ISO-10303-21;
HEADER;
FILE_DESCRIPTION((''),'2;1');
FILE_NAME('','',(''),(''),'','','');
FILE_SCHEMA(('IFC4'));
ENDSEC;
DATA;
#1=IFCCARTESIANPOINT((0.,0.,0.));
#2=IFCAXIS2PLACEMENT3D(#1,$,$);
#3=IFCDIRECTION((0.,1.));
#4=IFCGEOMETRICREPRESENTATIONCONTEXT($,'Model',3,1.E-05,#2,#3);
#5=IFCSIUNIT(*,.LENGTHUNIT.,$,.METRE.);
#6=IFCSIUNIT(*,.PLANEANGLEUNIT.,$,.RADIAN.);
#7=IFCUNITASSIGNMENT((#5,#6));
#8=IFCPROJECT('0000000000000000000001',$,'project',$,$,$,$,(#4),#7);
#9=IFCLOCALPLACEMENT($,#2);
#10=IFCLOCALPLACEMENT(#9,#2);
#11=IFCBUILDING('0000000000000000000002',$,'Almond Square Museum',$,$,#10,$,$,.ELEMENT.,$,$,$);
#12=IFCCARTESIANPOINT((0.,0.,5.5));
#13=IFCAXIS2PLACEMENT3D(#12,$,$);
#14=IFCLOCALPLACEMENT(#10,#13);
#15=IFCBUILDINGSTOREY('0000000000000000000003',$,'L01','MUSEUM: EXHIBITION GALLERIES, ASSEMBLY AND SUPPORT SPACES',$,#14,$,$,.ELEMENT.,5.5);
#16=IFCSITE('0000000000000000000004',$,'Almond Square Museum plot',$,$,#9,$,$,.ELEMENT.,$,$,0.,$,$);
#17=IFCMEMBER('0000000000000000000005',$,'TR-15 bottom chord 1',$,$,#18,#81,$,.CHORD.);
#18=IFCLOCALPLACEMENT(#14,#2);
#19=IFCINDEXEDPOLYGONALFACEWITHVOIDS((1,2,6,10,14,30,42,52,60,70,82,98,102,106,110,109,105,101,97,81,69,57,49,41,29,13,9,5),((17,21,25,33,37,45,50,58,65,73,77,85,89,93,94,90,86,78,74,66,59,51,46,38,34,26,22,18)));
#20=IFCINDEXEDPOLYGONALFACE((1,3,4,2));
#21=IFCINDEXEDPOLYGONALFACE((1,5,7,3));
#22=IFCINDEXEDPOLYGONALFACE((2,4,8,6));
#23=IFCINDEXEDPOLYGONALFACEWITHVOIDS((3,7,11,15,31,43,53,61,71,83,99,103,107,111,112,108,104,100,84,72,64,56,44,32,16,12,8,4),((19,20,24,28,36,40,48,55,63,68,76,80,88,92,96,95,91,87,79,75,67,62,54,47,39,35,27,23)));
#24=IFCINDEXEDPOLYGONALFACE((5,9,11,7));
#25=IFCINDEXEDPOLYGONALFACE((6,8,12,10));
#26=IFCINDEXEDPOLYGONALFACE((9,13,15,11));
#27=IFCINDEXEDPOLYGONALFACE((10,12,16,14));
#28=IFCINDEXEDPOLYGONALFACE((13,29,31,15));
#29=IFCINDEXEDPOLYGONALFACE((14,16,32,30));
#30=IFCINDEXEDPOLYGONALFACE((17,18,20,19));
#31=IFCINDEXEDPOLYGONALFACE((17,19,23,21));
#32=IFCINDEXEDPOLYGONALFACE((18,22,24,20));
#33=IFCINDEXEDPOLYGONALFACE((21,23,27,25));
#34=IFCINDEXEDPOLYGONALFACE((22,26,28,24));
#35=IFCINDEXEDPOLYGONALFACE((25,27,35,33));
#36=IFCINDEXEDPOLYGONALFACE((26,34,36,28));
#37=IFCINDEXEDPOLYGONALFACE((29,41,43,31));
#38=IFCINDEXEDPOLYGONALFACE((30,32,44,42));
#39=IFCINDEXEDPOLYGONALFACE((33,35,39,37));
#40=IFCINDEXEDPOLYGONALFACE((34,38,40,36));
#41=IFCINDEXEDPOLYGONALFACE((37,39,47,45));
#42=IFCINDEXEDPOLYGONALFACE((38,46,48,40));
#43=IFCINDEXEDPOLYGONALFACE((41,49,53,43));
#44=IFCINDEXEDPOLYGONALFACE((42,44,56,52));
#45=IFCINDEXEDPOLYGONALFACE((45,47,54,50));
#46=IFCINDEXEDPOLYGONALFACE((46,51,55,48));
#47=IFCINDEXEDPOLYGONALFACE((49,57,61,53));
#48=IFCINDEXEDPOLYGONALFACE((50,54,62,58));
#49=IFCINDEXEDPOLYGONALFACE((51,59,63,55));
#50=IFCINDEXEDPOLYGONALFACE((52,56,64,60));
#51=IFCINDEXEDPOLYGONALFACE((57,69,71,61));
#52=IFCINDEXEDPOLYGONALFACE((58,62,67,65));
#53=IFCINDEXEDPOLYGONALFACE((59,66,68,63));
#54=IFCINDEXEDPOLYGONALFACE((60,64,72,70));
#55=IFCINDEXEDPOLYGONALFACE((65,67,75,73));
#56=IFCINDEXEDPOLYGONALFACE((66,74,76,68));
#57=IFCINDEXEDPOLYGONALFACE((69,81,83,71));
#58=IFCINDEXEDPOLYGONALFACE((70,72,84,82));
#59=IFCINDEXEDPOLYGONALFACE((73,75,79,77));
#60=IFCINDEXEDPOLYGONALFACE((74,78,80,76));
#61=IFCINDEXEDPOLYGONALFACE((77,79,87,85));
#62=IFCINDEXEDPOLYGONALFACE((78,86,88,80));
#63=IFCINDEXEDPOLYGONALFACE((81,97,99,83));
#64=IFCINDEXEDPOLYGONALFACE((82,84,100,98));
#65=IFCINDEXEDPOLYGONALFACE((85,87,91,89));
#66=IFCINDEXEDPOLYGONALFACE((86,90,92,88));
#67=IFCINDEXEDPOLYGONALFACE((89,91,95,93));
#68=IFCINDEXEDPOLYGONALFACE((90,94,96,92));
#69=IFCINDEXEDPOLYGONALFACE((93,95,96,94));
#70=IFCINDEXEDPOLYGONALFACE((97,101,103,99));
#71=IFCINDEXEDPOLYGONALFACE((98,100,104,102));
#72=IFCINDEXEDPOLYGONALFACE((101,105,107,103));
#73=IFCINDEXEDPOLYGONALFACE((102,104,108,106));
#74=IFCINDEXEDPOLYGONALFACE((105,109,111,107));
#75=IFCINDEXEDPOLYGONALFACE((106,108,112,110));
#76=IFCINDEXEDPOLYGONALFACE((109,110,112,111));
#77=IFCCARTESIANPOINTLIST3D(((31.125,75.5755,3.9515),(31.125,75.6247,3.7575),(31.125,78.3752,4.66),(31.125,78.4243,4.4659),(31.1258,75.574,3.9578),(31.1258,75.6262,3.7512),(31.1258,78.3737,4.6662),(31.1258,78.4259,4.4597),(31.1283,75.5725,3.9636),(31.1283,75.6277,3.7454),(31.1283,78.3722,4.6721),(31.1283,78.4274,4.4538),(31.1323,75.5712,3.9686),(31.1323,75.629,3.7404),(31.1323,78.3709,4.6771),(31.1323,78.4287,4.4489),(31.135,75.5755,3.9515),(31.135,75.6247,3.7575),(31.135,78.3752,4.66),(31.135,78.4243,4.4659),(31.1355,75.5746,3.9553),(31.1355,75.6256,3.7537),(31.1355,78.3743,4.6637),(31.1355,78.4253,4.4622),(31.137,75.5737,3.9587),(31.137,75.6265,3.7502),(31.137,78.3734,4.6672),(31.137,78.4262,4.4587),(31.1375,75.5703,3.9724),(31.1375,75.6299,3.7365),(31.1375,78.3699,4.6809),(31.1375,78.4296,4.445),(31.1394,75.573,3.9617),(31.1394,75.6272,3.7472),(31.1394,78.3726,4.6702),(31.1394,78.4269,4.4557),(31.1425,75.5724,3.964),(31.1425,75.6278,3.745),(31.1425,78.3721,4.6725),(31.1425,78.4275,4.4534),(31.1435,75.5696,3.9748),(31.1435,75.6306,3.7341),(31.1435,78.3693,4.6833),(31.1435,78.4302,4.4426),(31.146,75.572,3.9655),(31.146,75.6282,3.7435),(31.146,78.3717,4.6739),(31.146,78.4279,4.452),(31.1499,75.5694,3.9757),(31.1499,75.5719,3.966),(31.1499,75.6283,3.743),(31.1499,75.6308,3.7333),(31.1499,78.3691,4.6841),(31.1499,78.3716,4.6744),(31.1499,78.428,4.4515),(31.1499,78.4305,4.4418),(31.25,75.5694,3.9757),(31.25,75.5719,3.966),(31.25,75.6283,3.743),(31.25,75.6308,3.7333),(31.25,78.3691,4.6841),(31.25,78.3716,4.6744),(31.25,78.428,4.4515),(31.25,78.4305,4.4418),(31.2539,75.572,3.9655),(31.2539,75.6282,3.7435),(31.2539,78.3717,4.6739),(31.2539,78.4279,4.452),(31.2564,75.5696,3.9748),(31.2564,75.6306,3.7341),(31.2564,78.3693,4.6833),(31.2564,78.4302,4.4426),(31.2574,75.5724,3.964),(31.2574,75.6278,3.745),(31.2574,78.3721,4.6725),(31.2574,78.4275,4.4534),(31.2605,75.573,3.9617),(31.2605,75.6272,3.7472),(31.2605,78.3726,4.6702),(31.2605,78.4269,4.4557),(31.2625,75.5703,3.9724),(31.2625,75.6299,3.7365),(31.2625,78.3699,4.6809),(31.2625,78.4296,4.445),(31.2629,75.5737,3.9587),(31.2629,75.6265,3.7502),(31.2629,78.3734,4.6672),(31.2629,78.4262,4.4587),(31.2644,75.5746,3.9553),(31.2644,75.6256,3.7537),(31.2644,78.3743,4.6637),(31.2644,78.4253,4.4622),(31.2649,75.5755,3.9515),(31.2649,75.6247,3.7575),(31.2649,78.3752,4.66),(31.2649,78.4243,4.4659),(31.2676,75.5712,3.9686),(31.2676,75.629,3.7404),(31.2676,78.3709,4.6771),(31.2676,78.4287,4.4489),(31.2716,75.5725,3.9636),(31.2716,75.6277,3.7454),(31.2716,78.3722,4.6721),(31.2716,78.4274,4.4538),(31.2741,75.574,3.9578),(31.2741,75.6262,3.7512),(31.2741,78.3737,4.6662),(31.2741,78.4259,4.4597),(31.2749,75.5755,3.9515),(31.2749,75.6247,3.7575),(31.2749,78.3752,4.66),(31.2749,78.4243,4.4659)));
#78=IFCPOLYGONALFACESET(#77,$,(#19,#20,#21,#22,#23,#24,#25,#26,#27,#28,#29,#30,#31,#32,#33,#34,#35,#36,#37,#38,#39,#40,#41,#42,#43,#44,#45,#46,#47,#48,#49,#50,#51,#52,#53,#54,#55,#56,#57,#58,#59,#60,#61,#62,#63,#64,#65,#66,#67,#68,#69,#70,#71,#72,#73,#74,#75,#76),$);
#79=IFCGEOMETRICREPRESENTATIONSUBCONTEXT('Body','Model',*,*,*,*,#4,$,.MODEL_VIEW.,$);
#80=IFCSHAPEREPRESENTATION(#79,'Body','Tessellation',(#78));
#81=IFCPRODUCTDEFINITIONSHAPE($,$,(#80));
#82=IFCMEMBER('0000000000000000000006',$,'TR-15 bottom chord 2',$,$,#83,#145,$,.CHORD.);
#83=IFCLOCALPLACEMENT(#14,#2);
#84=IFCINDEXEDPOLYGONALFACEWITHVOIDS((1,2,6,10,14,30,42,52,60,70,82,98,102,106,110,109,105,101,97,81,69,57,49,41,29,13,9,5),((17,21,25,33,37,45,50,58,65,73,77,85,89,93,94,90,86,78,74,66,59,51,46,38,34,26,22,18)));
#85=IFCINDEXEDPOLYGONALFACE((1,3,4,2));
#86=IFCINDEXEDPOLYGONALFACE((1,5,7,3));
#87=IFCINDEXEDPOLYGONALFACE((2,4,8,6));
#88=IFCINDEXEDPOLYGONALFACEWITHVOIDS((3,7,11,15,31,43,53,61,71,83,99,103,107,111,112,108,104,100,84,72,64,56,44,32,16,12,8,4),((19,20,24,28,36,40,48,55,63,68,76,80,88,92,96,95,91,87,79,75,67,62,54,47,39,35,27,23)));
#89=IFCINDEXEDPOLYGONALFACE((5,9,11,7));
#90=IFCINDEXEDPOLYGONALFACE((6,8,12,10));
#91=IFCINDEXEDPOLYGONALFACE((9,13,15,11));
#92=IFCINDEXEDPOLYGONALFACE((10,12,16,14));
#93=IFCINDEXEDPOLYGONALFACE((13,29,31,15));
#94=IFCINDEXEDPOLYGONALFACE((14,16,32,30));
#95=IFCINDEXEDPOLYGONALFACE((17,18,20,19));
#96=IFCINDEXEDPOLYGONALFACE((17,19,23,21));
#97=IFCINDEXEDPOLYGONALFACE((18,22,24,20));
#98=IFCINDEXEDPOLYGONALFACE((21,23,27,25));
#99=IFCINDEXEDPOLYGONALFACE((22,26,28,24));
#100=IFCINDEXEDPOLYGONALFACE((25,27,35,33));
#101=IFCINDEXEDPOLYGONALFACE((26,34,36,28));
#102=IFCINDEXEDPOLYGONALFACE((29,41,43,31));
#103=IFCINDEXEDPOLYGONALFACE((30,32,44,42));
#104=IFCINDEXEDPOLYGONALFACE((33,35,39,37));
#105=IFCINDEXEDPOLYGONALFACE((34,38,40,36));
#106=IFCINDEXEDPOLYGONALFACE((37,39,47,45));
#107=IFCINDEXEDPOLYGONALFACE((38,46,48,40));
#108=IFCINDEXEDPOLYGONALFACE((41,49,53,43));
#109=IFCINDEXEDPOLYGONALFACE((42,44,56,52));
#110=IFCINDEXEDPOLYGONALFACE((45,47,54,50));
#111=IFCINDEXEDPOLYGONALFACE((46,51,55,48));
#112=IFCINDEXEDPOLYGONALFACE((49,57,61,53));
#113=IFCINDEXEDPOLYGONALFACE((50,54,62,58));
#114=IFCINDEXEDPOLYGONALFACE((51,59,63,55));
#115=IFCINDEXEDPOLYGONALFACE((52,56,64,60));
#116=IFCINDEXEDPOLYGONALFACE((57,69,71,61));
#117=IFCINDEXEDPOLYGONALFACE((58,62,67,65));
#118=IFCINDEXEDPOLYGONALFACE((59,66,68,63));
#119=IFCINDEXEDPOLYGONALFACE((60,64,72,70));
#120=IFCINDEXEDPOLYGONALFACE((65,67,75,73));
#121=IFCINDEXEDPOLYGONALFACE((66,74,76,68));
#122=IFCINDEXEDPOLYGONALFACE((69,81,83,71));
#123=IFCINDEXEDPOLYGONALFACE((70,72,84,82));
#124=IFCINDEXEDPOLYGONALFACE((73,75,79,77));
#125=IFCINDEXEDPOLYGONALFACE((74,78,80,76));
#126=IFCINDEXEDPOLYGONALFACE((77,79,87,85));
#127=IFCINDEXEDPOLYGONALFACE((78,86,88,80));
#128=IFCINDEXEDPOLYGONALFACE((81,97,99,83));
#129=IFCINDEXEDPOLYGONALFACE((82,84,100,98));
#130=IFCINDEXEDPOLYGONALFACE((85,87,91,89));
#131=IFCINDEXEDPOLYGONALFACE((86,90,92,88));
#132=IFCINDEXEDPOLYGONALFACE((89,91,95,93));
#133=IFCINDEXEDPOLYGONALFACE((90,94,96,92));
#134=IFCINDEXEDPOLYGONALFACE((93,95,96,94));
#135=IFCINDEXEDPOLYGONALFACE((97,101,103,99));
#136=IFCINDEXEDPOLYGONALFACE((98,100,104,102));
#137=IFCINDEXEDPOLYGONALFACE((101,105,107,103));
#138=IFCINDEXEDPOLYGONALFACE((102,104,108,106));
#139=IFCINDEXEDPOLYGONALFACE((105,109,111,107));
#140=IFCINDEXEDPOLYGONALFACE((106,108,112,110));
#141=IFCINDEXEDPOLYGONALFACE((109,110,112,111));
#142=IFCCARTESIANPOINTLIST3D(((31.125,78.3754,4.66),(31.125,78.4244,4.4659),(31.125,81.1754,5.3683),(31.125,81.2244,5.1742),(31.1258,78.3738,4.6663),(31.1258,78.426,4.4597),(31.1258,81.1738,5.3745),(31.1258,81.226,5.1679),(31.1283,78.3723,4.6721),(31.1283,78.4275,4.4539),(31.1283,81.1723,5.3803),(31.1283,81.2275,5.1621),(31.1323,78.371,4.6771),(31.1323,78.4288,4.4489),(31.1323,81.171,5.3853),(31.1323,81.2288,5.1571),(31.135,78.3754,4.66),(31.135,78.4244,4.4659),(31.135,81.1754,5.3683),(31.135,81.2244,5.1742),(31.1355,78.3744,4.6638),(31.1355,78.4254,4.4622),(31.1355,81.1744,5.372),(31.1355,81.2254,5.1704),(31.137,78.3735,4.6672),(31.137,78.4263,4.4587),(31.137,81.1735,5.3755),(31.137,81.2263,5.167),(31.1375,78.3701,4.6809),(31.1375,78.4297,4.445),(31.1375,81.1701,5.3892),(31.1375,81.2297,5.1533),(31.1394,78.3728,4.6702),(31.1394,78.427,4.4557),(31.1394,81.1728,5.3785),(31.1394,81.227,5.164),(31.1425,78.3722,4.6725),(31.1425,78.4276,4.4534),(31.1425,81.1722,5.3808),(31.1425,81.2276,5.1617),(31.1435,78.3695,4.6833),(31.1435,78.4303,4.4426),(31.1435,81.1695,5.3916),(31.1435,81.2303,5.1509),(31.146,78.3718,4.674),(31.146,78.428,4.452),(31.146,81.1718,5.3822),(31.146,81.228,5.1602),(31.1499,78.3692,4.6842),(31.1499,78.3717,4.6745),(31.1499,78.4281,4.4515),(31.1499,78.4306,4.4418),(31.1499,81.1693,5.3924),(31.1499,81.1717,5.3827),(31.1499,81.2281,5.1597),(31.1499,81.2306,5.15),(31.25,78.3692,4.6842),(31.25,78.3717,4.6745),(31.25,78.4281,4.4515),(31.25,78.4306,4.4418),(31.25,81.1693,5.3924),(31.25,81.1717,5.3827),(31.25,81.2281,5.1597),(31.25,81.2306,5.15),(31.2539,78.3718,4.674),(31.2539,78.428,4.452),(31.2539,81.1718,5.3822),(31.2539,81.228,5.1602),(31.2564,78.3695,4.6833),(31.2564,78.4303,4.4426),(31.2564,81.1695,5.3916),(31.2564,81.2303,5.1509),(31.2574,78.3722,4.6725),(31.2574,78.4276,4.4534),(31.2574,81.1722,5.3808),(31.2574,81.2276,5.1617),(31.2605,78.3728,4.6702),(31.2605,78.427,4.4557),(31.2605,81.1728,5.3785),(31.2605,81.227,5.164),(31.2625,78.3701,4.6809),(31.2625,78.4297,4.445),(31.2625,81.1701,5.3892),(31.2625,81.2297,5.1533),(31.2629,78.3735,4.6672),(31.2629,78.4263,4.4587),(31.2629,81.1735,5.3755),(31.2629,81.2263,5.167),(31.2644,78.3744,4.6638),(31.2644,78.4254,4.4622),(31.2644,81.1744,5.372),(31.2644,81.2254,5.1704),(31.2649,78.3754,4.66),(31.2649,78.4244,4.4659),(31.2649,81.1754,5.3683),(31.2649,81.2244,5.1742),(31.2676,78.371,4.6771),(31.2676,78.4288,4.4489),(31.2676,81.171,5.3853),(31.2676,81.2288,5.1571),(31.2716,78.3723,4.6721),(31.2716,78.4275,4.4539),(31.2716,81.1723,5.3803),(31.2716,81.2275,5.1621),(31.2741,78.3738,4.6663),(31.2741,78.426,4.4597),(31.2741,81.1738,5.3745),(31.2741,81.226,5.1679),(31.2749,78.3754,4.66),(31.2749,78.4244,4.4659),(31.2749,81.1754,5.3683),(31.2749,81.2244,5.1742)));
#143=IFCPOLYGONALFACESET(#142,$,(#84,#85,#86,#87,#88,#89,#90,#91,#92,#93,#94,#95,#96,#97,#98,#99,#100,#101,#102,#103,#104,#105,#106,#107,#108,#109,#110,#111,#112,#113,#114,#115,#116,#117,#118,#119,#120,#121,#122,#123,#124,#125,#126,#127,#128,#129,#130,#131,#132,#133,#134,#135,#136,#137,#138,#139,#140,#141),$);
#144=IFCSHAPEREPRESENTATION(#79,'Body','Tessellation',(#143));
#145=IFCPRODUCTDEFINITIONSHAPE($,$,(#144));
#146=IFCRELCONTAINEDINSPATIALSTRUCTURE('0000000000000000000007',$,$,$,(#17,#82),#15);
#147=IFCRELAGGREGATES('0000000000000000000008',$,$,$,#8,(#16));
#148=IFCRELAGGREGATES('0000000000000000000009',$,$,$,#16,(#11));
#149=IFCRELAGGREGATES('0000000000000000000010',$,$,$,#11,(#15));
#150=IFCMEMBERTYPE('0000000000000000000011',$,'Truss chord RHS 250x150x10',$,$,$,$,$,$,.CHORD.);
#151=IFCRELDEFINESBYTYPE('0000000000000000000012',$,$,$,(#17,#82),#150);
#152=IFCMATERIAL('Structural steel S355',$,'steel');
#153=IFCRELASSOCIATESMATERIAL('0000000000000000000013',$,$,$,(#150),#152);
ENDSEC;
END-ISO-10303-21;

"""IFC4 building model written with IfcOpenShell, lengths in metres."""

from ifc_helpers import new_model, si_unit, direction, frame, origin, origin_2d, place, context, subcontext, project, spatial, hollow_rectangle, extrude, material, material_profile, profile_set, type_object, element, save


model = new_model("IFC4")

# Units and contexts
model_context = context("Model", 3, precision=1e-05, world=origin(), true_north=direction((0.0, 1.0)))
body_context = subcontext(model_context, "Body", "Model", "MODEL_VIEW")
ifc_project = project(units=[si_unit("LENGTHUNIT", "METRE"), si_unit("PLANEANGLEUNIT", "RADIAN")], contexts=[model_context])

# Site, building, storey
site_placement = place(None, origin())
site = spatial("IfcSite", under=ifc_project, at=site_placement, Name="Almond Square Museum plot", CompositionType="ELEMENT", RefElevation=0.0)
building_placement = place(site_placement, origin())
building = spatial("IfcBuilding", under=site, at=building_placement, Name="Almond Square Museum", CompositionType="ELEMENT")
storey_placement = place(building_placement, frame((0.0, 0.0, 5.5)))
storey = spatial("IfcBuildingStorey", under=building, at=storey_placement, Name="L01", Description="MUSEUM: EXHIBITION GALLERIES, ASSEMBLY AND SUPPORT SPACES", CompositionType="ELEMENT", Elevation=5.5)

# Members
ifc_material_1 = material(Name="Structural steel S355", Category="steel")
ifc_material_profile_1 = material_profile(ifc_material_1, hollow_rectangle(XDim=0.1499, YDim=0.25, WallThickness=0.01, InnerFilletRadius=0.0149, OuterFilletRadius=0.0249, at=origin_2d()))
ifc_profile_set_1 = profile_set([ifc_material_profile_1], Name="Structural steel S355")
member_type_1 = type_object("IfcMemberType", Name="Truss chord RHS 250x150x10", PredefinedType="CHORD", material=ifc_profile_set_1)
member_1_placement = place(storey_placement, frame((31.2, 75.6001, 3.8545), z_axis=(0.0, 0.969442, 0.245319), x_axis=(-1.0, 0.0, 0.0)))
element("IfcMember", 1, at=member_1_placement, inside=storey, type_object=member_type_1, Name="TR-15 bottom chord 1", PredefinedType="CHORD", context=body_context, shape_type="SweptSolid", body=[
    extrude(hollow_rectangle(XDim=0.1499, YDim=0.25, WallThickness=0.01, InnerFilletRadius=0.0149, OuterFilletRadius=0.0249, at=origin_2d()), origin(), (0.0, 0.0, 1.0), 2.8879),
])
member_2_placement = place(storey_placement, frame((31.2, 78.3999, 4.563), z_axis=(0.0, 0.969468, 0.24522), x_axis=(-1.0, 0.0, 0.0)))
element("IfcMember", 2, at=member_2_placement, inside=storey, type_object=member_type_1, Name="TR-15 bottom chord 2", PredefinedType="CHORD", context=body_context, shape_type="SweptSolid", body=[
    extrude(hollow_rectangle(XDim=0.1499, YDim=0.25, WallThickness=0.01, InnerFilletRadius=0.0149, OuterFilletRadius=0.0249, at=origin_2d()), origin(), (0.0, 0.0, 1.0), 2.8882),
])

save(model, "model.ifc")
